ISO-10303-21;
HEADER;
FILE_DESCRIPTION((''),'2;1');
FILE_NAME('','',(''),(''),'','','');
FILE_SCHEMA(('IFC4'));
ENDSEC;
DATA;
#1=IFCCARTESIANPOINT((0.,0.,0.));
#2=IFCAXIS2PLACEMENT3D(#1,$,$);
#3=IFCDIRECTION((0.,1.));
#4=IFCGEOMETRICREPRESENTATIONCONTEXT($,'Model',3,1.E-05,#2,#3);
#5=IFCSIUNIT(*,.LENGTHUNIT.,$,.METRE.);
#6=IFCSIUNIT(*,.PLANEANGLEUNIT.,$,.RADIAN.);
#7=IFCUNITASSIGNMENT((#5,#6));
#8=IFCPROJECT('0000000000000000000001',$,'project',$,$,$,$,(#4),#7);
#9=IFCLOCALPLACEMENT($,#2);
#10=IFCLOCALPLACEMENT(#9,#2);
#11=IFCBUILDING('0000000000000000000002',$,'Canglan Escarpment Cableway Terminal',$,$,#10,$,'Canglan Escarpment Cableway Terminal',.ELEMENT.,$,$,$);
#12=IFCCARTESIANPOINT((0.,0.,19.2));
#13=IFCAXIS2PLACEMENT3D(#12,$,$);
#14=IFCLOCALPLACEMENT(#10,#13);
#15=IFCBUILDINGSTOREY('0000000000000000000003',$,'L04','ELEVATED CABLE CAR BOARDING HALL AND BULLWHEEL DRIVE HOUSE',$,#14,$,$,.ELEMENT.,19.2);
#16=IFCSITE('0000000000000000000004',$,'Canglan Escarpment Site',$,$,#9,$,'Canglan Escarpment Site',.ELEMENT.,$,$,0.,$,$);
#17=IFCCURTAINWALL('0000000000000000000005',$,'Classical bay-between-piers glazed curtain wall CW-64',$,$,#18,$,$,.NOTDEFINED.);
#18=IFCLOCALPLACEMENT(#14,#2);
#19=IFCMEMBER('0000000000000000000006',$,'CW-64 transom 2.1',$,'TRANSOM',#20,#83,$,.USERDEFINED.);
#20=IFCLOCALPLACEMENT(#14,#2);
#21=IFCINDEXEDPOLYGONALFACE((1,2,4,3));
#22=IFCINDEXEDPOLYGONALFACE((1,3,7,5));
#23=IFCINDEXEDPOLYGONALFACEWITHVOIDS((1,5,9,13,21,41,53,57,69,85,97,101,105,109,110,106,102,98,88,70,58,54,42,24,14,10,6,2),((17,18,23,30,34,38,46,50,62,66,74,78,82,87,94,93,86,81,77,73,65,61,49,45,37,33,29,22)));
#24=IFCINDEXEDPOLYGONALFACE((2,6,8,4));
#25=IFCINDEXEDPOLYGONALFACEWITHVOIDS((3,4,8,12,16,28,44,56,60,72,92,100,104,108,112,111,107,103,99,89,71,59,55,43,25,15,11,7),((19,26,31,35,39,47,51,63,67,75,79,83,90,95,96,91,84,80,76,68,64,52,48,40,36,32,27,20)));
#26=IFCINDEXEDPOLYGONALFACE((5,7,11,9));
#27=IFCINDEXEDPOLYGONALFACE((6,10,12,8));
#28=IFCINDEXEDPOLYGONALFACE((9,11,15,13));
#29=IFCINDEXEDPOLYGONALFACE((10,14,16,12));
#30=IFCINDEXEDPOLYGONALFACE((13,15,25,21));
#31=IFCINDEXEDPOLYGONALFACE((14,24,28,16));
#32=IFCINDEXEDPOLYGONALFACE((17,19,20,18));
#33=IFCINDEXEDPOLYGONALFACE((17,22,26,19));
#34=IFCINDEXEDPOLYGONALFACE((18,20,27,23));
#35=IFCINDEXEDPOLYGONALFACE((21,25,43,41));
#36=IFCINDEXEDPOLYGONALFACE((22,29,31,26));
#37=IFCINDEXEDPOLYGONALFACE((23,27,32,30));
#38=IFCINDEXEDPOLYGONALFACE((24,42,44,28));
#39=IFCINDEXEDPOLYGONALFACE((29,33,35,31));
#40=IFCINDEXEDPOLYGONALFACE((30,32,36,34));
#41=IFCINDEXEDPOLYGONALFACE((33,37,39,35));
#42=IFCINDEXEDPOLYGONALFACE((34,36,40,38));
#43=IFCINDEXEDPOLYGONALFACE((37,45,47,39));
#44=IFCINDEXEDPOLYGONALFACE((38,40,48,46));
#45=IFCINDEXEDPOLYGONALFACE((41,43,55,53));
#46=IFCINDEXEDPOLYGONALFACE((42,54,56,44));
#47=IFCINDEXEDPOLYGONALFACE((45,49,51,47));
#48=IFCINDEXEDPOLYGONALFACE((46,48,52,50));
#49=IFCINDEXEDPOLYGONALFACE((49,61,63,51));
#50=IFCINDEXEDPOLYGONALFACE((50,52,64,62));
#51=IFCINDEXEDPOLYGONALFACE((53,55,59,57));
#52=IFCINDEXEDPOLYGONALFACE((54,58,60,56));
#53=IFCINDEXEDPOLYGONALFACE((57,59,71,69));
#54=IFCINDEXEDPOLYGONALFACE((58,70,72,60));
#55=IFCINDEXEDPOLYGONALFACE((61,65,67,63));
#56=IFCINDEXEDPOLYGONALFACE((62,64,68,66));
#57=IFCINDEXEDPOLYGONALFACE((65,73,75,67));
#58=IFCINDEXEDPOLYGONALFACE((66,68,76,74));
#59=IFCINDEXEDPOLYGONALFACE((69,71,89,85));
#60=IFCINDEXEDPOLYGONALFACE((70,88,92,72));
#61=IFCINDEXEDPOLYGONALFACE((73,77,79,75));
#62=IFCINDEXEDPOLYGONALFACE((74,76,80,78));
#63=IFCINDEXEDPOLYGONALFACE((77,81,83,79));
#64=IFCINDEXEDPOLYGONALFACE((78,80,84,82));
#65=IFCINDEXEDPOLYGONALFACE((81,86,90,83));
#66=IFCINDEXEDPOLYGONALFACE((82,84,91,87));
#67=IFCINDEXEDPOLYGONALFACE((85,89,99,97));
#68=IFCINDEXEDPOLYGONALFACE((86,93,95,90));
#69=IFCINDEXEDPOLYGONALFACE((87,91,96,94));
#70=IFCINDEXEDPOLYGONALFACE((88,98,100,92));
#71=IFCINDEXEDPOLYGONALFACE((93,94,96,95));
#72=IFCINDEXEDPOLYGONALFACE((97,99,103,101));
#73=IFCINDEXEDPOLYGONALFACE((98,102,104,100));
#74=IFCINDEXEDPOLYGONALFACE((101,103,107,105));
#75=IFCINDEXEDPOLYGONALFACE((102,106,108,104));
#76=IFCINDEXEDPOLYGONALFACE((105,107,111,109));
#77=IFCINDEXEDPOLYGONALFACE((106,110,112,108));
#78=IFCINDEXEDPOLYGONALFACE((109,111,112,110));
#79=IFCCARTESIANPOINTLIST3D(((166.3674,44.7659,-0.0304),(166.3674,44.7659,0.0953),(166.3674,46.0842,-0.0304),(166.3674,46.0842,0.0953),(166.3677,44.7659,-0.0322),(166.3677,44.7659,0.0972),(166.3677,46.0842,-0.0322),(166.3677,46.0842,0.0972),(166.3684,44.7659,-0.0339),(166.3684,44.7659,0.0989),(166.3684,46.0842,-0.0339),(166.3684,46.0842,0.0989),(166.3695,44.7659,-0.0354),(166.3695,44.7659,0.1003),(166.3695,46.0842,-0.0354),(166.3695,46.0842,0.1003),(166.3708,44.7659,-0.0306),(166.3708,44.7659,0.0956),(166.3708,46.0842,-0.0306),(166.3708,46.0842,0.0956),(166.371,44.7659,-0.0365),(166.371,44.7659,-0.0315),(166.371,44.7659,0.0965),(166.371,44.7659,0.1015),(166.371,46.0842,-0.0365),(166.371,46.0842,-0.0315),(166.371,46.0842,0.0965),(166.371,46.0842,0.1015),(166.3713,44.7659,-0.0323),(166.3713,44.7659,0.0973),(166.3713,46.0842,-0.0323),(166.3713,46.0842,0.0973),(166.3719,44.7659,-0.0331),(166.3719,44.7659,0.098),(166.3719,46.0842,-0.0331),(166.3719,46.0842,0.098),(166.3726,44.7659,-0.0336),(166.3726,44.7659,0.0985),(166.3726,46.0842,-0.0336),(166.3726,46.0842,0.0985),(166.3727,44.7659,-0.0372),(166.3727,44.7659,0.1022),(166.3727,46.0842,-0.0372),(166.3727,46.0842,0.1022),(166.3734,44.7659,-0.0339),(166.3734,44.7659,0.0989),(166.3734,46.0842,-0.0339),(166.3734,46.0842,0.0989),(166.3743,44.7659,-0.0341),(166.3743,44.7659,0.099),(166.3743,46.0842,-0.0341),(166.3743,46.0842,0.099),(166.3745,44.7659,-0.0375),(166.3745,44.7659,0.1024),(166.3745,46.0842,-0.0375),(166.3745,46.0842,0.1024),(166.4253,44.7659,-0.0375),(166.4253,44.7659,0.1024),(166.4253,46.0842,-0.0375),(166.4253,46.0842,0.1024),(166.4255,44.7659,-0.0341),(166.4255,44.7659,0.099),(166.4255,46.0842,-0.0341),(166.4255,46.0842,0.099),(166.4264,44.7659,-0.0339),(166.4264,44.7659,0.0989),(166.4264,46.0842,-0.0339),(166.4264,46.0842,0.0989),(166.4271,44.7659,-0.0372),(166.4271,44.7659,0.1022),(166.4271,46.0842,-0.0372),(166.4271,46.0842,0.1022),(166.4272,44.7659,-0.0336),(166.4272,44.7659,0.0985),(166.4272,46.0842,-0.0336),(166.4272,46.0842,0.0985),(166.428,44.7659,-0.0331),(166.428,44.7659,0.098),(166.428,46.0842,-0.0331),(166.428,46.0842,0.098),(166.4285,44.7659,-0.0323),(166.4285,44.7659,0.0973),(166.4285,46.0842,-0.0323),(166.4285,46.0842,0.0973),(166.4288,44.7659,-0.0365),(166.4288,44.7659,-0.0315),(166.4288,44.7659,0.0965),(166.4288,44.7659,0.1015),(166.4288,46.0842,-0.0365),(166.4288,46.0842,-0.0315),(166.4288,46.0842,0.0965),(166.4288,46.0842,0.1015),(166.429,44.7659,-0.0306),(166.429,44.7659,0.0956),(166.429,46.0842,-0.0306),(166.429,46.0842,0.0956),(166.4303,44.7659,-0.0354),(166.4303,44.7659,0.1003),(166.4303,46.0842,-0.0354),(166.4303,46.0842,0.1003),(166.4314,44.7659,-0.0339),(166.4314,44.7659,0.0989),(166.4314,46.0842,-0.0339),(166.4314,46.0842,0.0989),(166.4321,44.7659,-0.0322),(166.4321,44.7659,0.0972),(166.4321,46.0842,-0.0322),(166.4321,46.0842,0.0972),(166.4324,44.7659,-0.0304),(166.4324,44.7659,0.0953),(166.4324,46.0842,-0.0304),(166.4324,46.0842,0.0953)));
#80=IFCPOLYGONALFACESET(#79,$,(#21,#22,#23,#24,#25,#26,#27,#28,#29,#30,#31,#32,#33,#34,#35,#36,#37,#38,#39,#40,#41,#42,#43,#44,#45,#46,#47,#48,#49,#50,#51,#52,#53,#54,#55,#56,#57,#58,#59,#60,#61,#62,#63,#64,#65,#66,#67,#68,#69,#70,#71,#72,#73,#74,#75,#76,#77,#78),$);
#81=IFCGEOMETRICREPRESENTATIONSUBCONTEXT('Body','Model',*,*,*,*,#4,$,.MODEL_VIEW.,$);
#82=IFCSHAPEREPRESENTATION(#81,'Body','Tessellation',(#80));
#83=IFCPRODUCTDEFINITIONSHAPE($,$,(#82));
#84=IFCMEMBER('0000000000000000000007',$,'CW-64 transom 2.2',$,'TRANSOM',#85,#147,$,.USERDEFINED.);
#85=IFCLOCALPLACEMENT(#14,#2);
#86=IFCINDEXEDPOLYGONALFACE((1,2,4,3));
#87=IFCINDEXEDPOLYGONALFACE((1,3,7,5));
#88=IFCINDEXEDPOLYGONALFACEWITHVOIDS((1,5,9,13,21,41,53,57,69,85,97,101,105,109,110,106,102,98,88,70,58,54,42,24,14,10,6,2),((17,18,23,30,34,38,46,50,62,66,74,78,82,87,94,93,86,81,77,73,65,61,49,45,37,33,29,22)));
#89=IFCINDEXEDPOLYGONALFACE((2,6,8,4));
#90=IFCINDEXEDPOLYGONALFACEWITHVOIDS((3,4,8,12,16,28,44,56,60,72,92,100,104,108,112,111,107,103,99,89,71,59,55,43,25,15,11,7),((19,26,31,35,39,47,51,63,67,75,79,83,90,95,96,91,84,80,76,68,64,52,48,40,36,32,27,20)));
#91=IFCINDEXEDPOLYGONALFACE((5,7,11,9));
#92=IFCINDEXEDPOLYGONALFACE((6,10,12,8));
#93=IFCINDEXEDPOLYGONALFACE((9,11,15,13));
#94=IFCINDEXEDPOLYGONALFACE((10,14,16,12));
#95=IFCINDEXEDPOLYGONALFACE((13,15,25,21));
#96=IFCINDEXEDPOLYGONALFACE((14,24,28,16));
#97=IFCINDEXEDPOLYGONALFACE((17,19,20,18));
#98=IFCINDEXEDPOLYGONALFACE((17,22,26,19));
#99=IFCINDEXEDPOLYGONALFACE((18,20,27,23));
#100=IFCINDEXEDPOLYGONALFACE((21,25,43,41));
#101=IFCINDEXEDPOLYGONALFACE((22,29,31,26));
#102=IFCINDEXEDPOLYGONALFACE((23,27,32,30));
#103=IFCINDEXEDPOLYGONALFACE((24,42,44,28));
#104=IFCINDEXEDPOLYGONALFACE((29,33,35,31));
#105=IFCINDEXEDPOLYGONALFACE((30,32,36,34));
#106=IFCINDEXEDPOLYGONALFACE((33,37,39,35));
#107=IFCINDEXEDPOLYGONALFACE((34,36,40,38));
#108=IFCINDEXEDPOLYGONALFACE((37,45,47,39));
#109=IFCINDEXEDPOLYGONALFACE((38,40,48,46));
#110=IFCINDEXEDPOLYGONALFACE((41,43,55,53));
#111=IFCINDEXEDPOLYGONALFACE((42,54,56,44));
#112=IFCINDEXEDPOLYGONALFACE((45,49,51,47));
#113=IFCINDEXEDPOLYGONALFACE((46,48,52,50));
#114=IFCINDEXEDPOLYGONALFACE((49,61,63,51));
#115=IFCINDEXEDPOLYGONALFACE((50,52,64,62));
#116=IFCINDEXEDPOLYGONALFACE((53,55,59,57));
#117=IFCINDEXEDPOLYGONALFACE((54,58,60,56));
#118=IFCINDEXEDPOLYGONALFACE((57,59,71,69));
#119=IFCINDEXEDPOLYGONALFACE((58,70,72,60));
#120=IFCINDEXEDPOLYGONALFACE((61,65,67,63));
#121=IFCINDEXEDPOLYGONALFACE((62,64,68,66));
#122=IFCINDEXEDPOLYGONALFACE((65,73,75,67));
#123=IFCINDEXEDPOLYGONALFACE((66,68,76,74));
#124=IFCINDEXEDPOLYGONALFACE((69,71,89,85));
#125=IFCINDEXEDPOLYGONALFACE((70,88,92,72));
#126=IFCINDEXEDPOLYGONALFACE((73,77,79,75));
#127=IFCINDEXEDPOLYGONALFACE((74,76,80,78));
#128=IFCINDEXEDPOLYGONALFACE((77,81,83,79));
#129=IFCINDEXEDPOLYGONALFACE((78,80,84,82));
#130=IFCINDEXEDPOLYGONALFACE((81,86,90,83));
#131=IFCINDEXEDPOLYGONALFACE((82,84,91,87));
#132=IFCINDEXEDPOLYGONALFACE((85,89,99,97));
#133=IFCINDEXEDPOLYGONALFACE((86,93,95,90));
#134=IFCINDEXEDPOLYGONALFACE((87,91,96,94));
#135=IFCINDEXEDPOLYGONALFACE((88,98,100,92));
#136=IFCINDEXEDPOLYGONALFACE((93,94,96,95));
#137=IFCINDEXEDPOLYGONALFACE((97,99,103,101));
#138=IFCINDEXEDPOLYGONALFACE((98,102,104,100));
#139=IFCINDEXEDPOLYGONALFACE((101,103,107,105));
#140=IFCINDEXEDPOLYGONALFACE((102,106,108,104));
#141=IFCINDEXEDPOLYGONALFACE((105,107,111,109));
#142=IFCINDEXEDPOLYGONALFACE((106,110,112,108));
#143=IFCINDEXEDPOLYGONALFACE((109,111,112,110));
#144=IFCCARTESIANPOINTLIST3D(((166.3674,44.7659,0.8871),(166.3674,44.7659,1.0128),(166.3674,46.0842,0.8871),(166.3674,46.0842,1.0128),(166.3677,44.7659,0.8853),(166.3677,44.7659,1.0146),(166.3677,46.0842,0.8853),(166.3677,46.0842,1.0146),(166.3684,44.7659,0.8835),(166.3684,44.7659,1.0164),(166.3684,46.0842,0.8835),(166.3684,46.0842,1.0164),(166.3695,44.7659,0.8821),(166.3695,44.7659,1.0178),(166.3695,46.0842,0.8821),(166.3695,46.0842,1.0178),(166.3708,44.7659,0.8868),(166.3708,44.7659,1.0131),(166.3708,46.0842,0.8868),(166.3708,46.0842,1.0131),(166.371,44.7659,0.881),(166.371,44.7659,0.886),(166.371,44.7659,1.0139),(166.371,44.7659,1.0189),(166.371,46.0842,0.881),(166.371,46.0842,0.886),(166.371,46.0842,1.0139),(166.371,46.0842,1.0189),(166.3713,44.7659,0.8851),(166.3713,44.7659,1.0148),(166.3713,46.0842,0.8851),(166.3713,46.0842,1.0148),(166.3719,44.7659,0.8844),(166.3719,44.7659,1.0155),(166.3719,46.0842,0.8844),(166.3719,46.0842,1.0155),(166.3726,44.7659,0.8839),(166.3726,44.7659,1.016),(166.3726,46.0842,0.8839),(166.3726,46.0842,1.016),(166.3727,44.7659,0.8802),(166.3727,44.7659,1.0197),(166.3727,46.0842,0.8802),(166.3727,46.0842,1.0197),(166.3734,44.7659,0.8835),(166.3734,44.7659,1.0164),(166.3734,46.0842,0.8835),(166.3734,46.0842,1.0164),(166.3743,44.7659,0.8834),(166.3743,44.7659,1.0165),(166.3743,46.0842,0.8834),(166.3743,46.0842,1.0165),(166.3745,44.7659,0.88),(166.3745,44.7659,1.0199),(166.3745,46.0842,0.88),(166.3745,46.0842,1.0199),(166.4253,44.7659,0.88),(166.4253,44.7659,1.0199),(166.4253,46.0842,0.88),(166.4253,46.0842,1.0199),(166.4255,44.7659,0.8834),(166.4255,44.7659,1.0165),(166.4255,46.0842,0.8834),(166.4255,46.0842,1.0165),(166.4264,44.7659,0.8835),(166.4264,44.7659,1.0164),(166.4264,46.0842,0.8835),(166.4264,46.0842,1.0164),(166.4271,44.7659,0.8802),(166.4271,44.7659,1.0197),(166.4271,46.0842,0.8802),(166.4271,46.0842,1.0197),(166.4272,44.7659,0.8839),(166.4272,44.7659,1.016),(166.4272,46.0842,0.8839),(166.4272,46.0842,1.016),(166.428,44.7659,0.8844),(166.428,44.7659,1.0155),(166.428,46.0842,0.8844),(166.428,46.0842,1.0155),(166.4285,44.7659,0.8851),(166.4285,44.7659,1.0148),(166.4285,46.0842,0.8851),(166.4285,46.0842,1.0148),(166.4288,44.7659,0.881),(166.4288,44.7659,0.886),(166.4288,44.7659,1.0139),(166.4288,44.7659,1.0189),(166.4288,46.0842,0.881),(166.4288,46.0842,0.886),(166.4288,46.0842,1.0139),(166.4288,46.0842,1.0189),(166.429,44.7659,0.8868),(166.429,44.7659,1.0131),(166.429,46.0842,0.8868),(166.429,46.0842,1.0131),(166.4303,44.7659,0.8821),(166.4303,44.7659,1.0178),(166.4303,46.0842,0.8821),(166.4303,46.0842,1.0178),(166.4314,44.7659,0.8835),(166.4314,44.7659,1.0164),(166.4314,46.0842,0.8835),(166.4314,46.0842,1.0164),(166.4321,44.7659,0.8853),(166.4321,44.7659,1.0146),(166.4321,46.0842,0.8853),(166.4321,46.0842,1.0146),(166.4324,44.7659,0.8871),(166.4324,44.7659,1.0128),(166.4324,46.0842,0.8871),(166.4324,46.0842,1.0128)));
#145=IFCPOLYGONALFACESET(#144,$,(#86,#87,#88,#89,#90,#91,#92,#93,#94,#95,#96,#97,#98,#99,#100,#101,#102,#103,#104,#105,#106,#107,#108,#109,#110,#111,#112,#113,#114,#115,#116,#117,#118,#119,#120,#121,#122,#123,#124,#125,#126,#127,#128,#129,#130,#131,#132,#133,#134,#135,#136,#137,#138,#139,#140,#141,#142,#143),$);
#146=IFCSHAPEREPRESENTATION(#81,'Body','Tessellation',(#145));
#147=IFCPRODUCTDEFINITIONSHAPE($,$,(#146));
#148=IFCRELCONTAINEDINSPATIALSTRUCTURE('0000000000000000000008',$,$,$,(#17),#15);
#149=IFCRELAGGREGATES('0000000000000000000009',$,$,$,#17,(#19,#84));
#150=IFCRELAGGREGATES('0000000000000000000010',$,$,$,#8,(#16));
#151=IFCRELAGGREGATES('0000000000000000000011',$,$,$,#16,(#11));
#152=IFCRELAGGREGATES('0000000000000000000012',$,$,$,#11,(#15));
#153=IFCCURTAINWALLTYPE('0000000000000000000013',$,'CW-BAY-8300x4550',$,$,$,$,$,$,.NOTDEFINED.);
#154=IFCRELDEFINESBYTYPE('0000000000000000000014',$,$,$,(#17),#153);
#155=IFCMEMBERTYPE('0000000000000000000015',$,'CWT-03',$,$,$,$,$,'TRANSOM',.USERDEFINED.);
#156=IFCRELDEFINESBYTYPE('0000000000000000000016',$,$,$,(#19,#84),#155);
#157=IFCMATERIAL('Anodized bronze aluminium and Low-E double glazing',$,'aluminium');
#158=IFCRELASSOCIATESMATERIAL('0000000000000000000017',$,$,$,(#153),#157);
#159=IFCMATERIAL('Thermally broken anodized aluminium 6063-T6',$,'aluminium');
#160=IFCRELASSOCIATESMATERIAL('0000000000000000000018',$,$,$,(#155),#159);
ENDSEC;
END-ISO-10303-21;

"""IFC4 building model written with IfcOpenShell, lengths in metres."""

from ifc_helpers import new_model, si_unit, direction, frame, origin, origin_2d, place, context, subcontext, project, spatial, hollow_rectangle, extrude, material, material_profile, profile_set, type_object, element, aggregate, save


model = new_model("IFC4")

# Units and contexts
model_context = context("Model", 3, precision=1e-05, world=origin(), true_north=direction((0.0, 1.0)))
body_context = subcontext(model_context, "Body", "Model", "MODEL_VIEW")
ifc_project = project(units=[si_unit("LENGTHUNIT", "METRE"), si_unit("PLANEANGLEUNIT", "RADIAN")], contexts=[model_context])

# Site, building, storey
site_placement = place(None, origin())
site = spatial("IfcSite", under=ifc_project, at=site_placement, Name="Canglan Escarpment Site", LongName="Canglan Escarpment Site", CompositionType="ELEMENT", RefElevation=0.0)
building_placement = place(site_placement, origin())
building = spatial("IfcBuilding", under=site, at=building_placement, Name="Canglan Escarpment Cableway Terminal", LongName="Canglan Escarpment Cableway Terminal", CompositionType="ELEMENT")
storey_placement = place(building_placement, frame((0.0, 0.0, 19.2)))
storey = spatial("IfcBuildingStorey", under=building, at=storey_placement, Name="L04", Description="ELEVATED CABLE CAR BOARDING HALL AND BULLWHEEL DRIVE HOUSE", CompositionType="ELEMENT", Elevation=19.2)

# Curtain wall, members
ifc_material_1 = material(Name="Anodized bronze aluminium and Low-E double glazing", Category="aluminium")
curtain_wall_type = type_object("IfcCurtainWallType", Name="CW-BAY-8300x4550", PredefinedType="NOTDEFINED", material=ifc_material_1)
curtain_wall_placement = place(storey_placement, origin())
curtain_wall = element("IfcCurtainWall", 1, at=curtain_wall_placement, inside=storey, type_object=curtain_wall_type, Name="Classical bay-between-piers glazed curtain wall CW-64", PredefinedType="NOTDEFINED")
ifc_material_2 = material(Name="Thermally broken anodized aluminium 6063-T6", Category="aluminium")
ifc_material_profile_1 = material_profile(ifc_material_2, hollow_rectangle(XDim=0.0649, YDim=0.1399, WallThickness=0.0034, InnerFilletRadius=0.0034, OuterFilletRadius=0.0071, at=origin_2d()), Name="ALU-TRAN 65x140x3.5")
ifc_profile_set_1 = profile_set([ifc_material_profile_1], Name="Thermally broken anodized aluminium 6063-T6")
member_type_1 = type_object("IfcMemberType", Name="CWT-03", ElementType="TRANSOM", PredefinedType="USERDEFINED", material=ifc_profile_set_1)
member_1_placement = place(storey_placement, frame((166.3999, 44.7659, 0.0325), z_axis=(0.0, 1.0, 0.0), x_axis=(-1.0, 0.0, 0.0)))
member_1 = element("IfcMember", 2, at=member_1_placement, type_object=member_type_1, Name="CW-64 transom 2.1", ObjectType="TRANSOM", PredefinedType="USERDEFINED", context=body_context, shape_type="SweptSolid", body=[
    extrude(hollow_rectangle(XDim=0.0649, YDim=0.1399, WallThickness=0.0034, InnerFilletRadius=0.0034, OuterFilletRadius=0.0071, at=origin_2d()), origin(), (0.0, 0.0, 1.0), 1.3184),
])
member_2_placement = place(storey_placement, frame((166.3999, 44.7659, 0.95), z_axis=(0.0, 1.0, 0.0), x_axis=(-1.0, 0.0, 0.0)))
member_2 = element("IfcMember", 3, at=member_2_placement, type_object=member_type_1, Name="CW-64 transom 2.2", ObjectType="TRANSOM", PredefinedType="USERDEFINED", context=body_context, shape_type="SweptSolid", body=[
    extrude(hollow_rectangle(XDim=0.0649, YDim=0.1399, WallThickness=0.0034, InnerFilletRadius=0.0034, OuterFilletRadius=0.0071, at=origin_2d()), origin(), (0.0, 0.0, 1.0), 1.3184),
])
aggregate(curtain_wall, [member_1, member_2])

save(model, "model.ifc")
